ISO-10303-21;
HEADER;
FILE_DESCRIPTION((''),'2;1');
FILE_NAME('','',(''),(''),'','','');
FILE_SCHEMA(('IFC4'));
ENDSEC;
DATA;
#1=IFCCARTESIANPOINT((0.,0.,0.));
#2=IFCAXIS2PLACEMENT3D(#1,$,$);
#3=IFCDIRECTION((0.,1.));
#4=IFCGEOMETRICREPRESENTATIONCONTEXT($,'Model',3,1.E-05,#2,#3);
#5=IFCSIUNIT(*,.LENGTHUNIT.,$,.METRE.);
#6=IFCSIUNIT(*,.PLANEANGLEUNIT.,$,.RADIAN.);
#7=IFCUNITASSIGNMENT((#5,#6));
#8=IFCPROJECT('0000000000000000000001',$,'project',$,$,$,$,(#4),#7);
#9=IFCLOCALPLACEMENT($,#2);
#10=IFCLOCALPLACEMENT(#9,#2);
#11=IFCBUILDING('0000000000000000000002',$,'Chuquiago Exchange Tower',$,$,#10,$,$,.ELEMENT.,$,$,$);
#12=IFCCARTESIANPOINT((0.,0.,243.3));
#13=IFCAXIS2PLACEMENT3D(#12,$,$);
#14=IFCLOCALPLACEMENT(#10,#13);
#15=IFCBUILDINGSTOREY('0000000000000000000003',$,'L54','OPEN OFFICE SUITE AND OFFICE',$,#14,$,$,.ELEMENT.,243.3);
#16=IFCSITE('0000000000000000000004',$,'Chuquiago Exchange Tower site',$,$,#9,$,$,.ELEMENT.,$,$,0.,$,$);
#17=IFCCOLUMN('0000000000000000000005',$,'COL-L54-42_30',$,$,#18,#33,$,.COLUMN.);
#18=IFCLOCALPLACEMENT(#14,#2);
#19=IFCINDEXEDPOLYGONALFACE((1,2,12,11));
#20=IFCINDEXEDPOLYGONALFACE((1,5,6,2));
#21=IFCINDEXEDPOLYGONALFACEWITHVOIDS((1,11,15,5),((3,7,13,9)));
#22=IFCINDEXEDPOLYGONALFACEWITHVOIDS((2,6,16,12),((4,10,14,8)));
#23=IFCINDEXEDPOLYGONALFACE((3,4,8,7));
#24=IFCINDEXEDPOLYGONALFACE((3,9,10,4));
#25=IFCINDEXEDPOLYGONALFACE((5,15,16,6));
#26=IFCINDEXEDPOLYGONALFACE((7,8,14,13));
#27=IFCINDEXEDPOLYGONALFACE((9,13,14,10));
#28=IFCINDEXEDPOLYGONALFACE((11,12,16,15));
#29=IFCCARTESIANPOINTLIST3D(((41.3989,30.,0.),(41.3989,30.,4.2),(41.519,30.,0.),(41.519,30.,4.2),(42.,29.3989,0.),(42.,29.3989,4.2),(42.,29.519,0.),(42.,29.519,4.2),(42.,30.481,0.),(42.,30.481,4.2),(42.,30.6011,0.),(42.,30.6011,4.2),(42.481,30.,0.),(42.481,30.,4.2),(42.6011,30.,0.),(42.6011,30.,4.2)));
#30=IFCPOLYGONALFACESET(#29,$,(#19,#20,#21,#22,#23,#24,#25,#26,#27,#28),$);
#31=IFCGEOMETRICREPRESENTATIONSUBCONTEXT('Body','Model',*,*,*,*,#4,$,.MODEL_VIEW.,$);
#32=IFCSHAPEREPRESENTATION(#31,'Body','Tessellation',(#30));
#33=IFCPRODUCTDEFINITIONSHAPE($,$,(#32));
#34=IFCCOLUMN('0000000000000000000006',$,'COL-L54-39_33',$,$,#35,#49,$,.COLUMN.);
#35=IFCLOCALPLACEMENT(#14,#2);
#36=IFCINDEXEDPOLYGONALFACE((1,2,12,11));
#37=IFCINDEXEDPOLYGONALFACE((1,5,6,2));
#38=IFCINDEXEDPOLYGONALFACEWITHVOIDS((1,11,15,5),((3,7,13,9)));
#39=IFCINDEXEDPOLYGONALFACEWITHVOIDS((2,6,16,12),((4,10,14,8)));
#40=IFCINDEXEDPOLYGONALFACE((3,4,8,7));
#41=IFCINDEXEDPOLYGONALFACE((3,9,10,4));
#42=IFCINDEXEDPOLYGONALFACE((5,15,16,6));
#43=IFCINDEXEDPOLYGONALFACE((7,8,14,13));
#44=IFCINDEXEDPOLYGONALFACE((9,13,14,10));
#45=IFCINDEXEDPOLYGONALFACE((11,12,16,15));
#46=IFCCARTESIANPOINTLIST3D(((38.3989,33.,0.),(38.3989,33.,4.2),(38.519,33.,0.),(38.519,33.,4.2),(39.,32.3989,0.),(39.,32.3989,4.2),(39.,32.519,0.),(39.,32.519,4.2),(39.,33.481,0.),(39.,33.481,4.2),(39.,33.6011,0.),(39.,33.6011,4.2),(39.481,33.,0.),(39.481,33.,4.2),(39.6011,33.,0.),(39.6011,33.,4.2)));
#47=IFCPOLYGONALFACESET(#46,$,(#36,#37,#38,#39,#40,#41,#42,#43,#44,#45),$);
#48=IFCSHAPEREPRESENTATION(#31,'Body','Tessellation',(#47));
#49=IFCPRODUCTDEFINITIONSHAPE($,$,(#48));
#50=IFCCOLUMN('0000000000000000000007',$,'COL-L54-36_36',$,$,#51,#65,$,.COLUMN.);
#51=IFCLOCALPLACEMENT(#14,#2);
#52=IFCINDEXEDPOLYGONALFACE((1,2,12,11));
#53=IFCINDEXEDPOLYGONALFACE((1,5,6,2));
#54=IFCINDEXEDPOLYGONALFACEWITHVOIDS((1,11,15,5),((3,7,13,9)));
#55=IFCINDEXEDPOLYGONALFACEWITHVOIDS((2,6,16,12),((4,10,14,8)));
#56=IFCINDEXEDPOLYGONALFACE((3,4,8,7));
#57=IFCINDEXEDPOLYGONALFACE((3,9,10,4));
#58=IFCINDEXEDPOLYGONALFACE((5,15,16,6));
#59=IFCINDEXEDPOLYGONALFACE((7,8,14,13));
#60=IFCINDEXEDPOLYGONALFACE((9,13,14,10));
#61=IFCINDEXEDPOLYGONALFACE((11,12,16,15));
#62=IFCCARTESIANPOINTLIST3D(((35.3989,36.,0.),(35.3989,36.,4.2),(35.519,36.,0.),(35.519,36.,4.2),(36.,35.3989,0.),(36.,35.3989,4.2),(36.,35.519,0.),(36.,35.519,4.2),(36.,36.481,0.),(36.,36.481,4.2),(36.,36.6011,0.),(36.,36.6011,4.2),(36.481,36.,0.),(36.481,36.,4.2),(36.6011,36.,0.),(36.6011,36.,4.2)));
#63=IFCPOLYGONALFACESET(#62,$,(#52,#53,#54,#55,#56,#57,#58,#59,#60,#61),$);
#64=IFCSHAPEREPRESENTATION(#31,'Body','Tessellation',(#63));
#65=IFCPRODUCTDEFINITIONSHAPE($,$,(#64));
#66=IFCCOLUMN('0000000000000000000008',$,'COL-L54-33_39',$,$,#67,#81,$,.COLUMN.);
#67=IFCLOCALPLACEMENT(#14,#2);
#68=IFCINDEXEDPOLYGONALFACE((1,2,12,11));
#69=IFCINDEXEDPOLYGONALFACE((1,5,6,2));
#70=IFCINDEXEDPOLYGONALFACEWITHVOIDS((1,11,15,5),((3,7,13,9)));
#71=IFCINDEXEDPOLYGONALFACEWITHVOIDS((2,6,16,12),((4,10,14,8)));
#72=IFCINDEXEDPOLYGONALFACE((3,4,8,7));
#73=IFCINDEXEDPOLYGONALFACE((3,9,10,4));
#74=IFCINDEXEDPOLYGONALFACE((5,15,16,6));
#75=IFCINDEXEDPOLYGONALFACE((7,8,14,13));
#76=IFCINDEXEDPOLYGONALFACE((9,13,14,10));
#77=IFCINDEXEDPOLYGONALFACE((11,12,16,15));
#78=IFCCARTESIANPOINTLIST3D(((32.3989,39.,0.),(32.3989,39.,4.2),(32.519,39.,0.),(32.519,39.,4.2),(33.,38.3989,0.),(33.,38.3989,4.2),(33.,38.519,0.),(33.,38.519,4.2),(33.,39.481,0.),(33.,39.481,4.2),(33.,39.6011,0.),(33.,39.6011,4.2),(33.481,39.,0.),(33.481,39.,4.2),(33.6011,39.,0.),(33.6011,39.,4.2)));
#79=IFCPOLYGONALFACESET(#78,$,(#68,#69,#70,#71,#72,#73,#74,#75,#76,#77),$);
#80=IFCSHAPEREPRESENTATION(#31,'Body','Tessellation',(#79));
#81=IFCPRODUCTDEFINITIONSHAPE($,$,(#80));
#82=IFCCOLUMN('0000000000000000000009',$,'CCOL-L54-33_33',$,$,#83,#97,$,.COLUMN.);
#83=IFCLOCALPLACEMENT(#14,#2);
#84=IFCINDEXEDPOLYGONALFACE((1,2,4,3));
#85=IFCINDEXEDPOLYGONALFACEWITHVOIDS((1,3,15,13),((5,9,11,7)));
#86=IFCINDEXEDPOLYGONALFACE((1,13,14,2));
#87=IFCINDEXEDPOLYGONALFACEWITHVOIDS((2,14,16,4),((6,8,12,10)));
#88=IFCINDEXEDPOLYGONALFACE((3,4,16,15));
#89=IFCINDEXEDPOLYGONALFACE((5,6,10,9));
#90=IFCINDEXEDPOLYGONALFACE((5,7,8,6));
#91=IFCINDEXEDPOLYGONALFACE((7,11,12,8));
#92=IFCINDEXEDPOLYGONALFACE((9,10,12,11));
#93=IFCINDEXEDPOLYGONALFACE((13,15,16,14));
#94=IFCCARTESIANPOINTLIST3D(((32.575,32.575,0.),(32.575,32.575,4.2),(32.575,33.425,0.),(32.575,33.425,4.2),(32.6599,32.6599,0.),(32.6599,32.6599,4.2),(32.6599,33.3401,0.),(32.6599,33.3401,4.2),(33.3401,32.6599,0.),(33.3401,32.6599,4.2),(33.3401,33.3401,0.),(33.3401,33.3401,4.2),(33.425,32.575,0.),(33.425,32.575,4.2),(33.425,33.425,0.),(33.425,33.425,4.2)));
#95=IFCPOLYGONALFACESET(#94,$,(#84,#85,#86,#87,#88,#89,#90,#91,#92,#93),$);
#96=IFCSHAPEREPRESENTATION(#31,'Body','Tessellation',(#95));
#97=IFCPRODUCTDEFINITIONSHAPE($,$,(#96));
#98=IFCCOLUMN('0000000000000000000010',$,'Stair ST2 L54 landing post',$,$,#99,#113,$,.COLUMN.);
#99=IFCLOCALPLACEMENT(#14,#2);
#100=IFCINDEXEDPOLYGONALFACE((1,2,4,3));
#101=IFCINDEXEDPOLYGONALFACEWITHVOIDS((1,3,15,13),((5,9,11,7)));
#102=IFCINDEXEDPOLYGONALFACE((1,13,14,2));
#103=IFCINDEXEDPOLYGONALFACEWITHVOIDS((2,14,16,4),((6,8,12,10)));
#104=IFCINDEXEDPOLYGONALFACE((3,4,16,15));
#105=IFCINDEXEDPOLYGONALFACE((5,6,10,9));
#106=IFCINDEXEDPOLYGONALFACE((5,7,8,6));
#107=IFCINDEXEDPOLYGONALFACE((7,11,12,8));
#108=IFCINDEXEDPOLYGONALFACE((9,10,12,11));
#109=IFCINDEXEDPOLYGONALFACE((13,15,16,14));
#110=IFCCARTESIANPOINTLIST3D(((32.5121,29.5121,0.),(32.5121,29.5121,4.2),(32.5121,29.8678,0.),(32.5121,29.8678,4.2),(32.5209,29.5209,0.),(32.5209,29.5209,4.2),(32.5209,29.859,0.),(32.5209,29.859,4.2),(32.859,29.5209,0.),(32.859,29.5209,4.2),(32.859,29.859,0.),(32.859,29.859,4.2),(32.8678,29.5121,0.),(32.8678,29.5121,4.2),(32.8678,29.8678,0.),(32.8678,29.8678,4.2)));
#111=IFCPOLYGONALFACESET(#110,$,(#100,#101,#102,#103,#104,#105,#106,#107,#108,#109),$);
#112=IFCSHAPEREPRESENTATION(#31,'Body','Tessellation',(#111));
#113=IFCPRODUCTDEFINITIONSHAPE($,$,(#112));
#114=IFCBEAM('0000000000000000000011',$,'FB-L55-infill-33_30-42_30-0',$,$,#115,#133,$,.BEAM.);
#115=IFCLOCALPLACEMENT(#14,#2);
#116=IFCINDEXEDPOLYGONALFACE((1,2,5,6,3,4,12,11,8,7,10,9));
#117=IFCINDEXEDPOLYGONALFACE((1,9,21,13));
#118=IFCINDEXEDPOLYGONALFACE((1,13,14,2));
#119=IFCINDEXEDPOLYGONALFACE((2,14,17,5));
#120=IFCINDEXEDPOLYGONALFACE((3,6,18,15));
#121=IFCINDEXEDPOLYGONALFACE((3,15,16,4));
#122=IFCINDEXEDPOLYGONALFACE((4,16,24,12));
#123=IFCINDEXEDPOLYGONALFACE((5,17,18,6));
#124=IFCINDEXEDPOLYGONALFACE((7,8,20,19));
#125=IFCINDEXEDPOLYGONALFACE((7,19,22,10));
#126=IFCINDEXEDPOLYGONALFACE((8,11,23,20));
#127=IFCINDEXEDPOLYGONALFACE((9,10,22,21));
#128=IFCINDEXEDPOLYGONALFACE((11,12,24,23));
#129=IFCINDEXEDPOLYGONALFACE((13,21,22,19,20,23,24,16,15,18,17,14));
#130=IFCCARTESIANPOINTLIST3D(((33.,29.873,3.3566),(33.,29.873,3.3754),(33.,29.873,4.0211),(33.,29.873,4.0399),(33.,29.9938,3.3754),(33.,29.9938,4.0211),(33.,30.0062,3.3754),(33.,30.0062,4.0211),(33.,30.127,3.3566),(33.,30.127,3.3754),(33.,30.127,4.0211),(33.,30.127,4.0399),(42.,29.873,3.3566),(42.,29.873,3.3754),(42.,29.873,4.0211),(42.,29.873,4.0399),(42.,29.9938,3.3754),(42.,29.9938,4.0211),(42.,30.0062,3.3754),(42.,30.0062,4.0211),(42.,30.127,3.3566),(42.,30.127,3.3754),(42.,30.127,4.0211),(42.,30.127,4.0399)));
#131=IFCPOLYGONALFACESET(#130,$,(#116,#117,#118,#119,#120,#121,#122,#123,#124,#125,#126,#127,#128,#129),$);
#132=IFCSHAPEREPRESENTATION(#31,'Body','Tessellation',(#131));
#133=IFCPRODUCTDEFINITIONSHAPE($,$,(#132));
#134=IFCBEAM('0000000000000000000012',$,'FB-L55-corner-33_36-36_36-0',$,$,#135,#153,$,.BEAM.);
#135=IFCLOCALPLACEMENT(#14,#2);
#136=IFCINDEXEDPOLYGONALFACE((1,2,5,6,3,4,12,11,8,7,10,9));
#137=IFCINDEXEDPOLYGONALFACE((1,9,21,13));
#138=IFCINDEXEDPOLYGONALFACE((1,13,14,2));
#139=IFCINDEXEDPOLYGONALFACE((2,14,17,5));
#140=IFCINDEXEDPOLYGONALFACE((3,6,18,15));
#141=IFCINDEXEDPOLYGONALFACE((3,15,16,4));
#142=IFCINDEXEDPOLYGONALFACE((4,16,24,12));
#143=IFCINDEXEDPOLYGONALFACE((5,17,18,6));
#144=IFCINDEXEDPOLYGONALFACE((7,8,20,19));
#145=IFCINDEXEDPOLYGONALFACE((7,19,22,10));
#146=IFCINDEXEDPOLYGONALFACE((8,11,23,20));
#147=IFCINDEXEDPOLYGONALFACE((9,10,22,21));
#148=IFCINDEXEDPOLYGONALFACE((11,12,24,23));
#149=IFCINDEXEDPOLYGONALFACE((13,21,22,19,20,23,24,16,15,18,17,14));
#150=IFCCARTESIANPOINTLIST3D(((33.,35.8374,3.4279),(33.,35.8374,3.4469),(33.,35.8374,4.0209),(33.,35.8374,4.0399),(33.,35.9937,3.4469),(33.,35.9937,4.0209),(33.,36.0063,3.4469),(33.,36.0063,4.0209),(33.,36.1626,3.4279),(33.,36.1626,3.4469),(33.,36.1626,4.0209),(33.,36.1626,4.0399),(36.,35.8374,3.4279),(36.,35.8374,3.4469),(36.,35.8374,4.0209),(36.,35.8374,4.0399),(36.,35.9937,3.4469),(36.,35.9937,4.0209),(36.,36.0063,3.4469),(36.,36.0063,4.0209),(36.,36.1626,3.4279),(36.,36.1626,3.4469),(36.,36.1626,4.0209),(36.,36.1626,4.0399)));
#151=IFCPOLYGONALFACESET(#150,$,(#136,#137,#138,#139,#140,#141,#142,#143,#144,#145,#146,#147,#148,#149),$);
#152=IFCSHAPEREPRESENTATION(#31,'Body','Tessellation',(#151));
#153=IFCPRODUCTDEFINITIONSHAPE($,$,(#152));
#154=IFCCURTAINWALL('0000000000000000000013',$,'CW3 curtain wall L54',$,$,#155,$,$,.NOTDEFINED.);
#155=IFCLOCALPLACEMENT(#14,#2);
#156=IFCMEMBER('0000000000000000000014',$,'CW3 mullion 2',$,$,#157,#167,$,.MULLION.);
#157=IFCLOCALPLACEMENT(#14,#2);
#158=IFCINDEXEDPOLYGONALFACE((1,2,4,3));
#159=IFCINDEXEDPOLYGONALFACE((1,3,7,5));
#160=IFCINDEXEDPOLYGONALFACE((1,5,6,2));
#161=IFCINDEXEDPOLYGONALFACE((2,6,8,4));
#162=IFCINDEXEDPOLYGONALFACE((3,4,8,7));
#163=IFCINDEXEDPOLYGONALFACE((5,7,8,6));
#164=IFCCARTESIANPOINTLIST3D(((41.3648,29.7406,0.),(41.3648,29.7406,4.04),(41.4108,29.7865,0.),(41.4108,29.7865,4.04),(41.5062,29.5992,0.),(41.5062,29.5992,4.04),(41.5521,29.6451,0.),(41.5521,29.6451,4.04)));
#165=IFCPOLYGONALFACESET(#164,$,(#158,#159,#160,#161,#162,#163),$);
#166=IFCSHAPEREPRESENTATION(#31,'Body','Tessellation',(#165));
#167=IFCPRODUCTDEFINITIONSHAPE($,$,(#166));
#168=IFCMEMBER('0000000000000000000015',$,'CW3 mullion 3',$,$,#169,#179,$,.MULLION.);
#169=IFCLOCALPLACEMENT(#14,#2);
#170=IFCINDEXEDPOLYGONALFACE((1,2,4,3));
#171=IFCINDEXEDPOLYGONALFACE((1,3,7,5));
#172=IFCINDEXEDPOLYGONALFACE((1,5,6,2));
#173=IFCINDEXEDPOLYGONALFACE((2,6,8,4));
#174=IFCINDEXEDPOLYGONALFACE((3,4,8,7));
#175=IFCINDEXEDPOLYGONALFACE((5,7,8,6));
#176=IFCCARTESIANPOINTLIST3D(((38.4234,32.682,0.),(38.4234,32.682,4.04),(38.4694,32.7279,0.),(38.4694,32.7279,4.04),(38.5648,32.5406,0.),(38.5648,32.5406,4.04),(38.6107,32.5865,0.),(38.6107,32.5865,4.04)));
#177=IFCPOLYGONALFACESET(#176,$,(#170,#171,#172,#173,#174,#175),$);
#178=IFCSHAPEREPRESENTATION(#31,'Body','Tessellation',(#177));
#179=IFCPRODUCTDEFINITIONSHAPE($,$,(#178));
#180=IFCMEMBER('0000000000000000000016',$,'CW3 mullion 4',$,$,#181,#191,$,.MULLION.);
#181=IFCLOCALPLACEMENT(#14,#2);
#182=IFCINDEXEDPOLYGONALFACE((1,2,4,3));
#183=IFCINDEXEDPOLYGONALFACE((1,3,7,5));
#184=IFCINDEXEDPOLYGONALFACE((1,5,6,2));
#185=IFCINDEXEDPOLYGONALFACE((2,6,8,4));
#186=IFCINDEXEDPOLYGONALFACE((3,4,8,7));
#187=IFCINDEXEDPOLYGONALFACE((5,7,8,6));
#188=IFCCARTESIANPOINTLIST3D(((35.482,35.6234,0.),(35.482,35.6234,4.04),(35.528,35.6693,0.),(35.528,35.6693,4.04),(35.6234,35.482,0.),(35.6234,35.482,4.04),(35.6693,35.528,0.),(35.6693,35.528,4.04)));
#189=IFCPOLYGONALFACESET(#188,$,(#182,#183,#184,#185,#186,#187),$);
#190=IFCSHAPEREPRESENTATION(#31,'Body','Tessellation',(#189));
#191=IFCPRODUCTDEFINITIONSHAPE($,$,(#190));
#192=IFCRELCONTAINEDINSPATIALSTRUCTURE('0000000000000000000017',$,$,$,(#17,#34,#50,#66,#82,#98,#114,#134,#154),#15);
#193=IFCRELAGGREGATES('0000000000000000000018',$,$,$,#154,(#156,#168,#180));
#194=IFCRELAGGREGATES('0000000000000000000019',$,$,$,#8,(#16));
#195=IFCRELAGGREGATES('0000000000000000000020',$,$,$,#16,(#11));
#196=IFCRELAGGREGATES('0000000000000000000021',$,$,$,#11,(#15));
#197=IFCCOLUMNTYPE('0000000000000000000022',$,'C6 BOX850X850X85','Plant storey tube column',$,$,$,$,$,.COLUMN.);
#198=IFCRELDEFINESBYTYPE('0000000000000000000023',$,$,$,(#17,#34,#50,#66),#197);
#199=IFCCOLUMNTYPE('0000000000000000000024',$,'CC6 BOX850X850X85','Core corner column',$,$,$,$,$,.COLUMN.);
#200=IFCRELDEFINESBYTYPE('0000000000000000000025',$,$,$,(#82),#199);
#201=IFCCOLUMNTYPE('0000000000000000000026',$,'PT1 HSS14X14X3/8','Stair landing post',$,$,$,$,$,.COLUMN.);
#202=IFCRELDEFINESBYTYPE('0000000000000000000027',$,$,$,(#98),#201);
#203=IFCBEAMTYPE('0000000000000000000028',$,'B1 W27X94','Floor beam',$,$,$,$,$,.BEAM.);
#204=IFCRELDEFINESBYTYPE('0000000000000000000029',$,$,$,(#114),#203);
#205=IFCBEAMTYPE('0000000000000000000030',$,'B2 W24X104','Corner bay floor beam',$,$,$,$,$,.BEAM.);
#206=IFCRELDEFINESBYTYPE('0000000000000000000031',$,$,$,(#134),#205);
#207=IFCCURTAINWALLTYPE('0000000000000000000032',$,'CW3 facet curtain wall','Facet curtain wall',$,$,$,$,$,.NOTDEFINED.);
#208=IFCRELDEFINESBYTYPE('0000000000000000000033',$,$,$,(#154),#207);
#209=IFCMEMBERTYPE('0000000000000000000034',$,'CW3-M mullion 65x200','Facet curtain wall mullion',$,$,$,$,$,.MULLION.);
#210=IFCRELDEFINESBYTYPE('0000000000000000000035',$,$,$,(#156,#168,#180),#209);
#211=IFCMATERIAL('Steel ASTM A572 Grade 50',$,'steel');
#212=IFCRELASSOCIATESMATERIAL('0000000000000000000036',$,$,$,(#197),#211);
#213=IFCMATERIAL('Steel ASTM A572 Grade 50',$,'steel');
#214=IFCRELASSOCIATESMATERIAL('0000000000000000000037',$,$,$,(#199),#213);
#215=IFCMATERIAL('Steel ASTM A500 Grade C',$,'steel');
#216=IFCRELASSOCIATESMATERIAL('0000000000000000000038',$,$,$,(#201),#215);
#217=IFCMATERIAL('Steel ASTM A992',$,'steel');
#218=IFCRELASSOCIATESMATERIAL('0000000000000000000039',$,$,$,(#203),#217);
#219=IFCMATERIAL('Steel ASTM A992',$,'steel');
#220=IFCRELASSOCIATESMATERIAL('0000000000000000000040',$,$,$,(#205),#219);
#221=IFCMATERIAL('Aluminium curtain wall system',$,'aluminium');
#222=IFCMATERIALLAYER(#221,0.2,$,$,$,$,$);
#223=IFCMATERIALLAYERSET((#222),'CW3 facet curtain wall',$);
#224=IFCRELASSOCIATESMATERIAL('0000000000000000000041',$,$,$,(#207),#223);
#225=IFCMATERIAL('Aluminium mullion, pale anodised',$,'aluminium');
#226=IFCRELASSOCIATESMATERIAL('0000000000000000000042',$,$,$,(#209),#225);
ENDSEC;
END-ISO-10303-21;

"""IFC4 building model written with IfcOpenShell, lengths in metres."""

from ifc_helpers import new_model, si_unit, direction, frame, origin, origin_2d, place, context, subcontext, project, spatial, rectangle, hollow_rectangle, i_section, extrude, material, layer, layer_set, material_profile, profile_set, type_object, element, aggregate, save


model = new_model("IFC4")

# Units and contexts
model_context = context("Model", 3, precision=1e-05, world=origin(), true_north=direction((0.0, 1.0)))
body_context = subcontext(model_context, "Body", "Model", "MODEL_VIEW")
ifc_project = project(units=[si_unit("LENGTHUNIT", "METRE"), si_unit("PLANEANGLEUNIT", "RADIAN")], contexts=[model_context])

# Site, building, storey
site_placement = place(None, origin())
site = spatial("IfcSite", under=ifc_project, at=site_placement, Name="Chuquiago Exchange Tower site", CompositionType="ELEMENT", RefElevation=0.0)
building_placement = place(site_placement, origin())
building = spatial("IfcBuilding", under=site, at=building_placement, Name="Chuquiago Exchange Tower", CompositionType="ELEMENT")
storey_placement = place(building_placement, frame((0.0, 0.0, 243.3)))
storey = spatial("IfcBuildingStorey", under=building, at=storey_placement, Name="L54", Description="OPEN OFFICE SUITE AND OFFICE", CompositionType="ELEMENT", Elevation=243.3)

# Columns
ifc_material_1 = material(Name="Steel ASTM A572 Grade 50", Category="steel")
ifc_material_profile_1 = material_profile(ifc_material_1, hollow_rectangle(XDim=0.8501, YDim=0.8501, WallThickness=0.085, at=origin_2d()), Name="BOX850X850X85")
ifc_profile_set_1 = profile_set([ifc_material_profile_1], Name="Steel ASTM A572 Grade 50")
column_type_1 = type_object("IfcColumnType", Name="C6 BOX850X850X85", Description="Plant storey tube column", PredefinedType="COLUMN", material=ifc_profile_set_1)
for number, where, z_axis, x_axis, name in (
    (1, (42.0, 30.0, 0.0), (0.0, 0.0, 1.0), (0.707107, 0.707107, 0.0), "COL-L54-42_30"),
    (2, (39.0, 33.0, 0.0), (0.0, 0.0, 1.0), (0.707107, 0.707107, 0.0), "COL-L54-39_33"),
    (3, (36.0, 36.0, 0.0), (0.0, 0.0, 1.0), (0.707107, 0.707107, 0.0), "COL-L54-36_36"),
    (4, (33.0, 39.0, 0.0), (0.0, 0.0, 1.0), (0.707107, 0.707107, 0.0), "COL-L54-33_39"),
):
    element("IfcColumn", number, at=place(storey_placement, frame(where, z_axis=z_axis, x_axis=x_axis)), inside=storey, type_object=column_type_1, Name=name, PredefinedType="COLUMN", context=body_context, shape_type="SweptSolid", body=[
        extrude(hollow_rectangle(XDim=0.8501, YDim=0.8501, WallThickness=0.085, at=origin_2d()), origin(), (0.0, 0.0, 1.0), 4.2),
    ])
ifc_material_2 = material(Name="Steel ASTM A572 Grade 50", Category="steel")
ifc_material_profile_2 = material_profile(ifc_material_2, hollow_rectangle(XDim=0.8501, YDim=0.8501, WallThickness=0.085, at=origin_2d()), Name="BOX850X850X85")
ifc_profile_set_2 = profile_set([ifc_material_profile_2], Name="Steel ASTM A572 Grade 50")
column_type_2 = type_object("IfcColumnType", Name="CC6 BOX850X850X85", Description="Core corner column", PredefinedType="COLUMN", material=ifc_profile_set_2)
column_1_placement = place(storey_placement, frame((33.0, 33.0, 0.0), z_axis=(0.0, 0.0, 1.0), x_axis=(1.0, 0.0, 0.0)))
element("IfcColumn", 5, at=column_1_placement, inside=storey, type_object=column_type_2, Name="CCOL-L54-33_33", PredefinedType="COLUMN", context=body_context, shape_type="SweptSolid", body=[
    extrude(hollow_rectangle(XDim=0.8501, YDim=0.8501, WallThickness=0.085, at=origin_2d()), origin(), (0.0, 0.0, 1.0), 4.2),
])
ifc_material_3 = material(Name="Steel ASTM A500 Grade C", Category="steel")
ifc_material_profile_3 = material_profile(ifc_material_3, hollow_rectangle(XDim=0.3557, YDim=0.3557, WallThickness=0.0088, at=origin_2d()), Name="HSS14X14X3/8")
ifc_profile_set_3 = profile_set([ifc_material_profile_3], Name="Steel ASTM A500 Grade C")
column_type_3 = type_object("IfcColumnType", Name="PT1 HSS14X14X3/8", Description="Stair landing post", PredefinedType="COLUMN", material=ifc_profile_set_3)
column_2_placement = place(storey_placement, frame((32.6899, 29.6899, 0.0), z_axis=(0.0, 0.0, 1.0), x_axis=(1.0, 0.0, 0.0)))
element("IfcColumn", 6, at=column_2_placement, inside=storey, type_object=column_type_3, Name="Stair ST2 L54 landing post", PredefinedType="COLUMN", context=body_context, shape_type="SweptSolid", body=[
    extrude(hollow_rectangle(XDim=0.3557, YDim=0.3557, WallThickness=0.0088, at=origin_2d()), origin(), (0.0, 0.0, 1.0), 4.2),
])

# Beams
ifc_material_4 = material(Name="Steel ASTM A992", Category="steel")
ifc_material_profile_4 = material_profile(ifc_material_4, i_section(OverallWidth=0.2539, OverallDepth=0.6833, WebThickness=0.0125, FlangeThickness=0.0188, at=origin_2d()), Name="W27X94")
ifc_profile_set_4 = profile_set([ifc_material_profile_4], Name="Steel ASTM A992")
beam_type_1 = type_object("IfcBeamType", Name="B1 W27X94", Description="Floor beam", PredefinedType="BEAM", material=ifc_profile_set_4)
beam_1_placement = place(storey_placement, frame((33.0, 30.0, 3.6982), z_axis=(1.0, 0.0, 0.0), x_axis=(0.0, 1.0, 0.0)))
element("IfcBeam", 7, at=beam_1_placement, inside=storey, type_object=beam_type_1, Name="FB-L55-infill-33_30-42_30-0", PredefinedType="BEAM", context=body_context, shape_type="SweptSolid", body=[
    extrude(i_section(OverallWidth=0.2539, OverallDepth=0.6833, WebThickness=0.0125, FlangeThickness=0.0188, at=origin_2d()), origin(), (0.0, 0.0, 1.0), 9.0),
])
ifc_material_5 = material(Name="Steel ASTM A992", Category="steel")
ifc_material_profile_5 = material_profile(ifc_material_5, i_section(OverallWidth=0.3252, OverallDepth=0.6121, WebThickness=0.0127, FlangeThickness=0.019, at=origin_2d()), Name="W24X104")
ifc_profile_set_5 = profile_set([ifc_material_profile_5], Name="Steel ASTM A992")
beam_type_2 = type_object("IfcBeamType", Name="B2 W24X104", Description="Corner bay floor beam", PredefinedType="BEAM", material=ifc_profile_set_5)
beam_2_placement = place(storey_placement, frame((33.0, 36.0, 3.7339), z_axis=(1.0, 0.0, 0.0), x_axis=(0.0, 1.0, 0.0)))
element("IfcBeam", 8, at=beam_2_placement, inside=storey, type_object=beam_type_2, Name="FB-L55-corner-33_36-36_36-0", PredefinedType="BEAM", context=body_context, shape_type="SweptSolid", body=[
    extrude(i_section(OverallWidth=0.3252, OverallDepth=0.6121, WebThickness=0.0127, FlangeThickness=0.019, at=origin_2d()), origin(), (0.0, 0.0, 1.0), 3.0),
])

# Curtain wall, members
ifc_material_6 = material(Name="Aluminium curtain wall system", Category="aluminium")
ifc_layer_1 = layer(ifc_material_6, 0.2)
ifc_layer_set_1 = layer_set([ifc_layer_1], Name="CW3 facet curtain wall")
curtain_wall_type = type_object("IfcCurtainWallType", Name="CW3 facet curtain wall", Description="Facet curtain wall", PredefinedType="NOTDEFINED", material=ifc_layer_set_1)
curtain_wall_placement = place(storey_placement, origin())
curtain_wall = element("IfcCurtainWall", 9, at=curtain_wall_placement, inside=storey, type_object=curtain_wall_type, Name="CW3 curtain wall L54", PredefinedType="NOTDEFINED")
ifc_material_7 = material(Name="Aluminium mullion, pale anodised", Category="aluminium")
ifc_material_profile_6 = material_profile(ifc_material_7, rectangle(XDim=0.0649, YDim=0.2, at=origin_2d()), Name="AL 65x200")
ifc_profile_set_6 = profile_set([ifc_material_profile_6], Name="Aluminium mullion, pale anodised")
member_type_1 = type_object("IfcMemberType", Name="CW3-M mullion 65x200", Description="Facet curtain wall mullion", PredefinedType="MULLION", material=ifc_profile_set_6)
member_1_placement = place(storey_placement, frame((41.4585, 29.6929, 0.0), z_axis=(0.0, 0.0, 1.0), x_axis=(-0.707107, -0.707107, 0.0)))
member_1 = element("IfcMember", 10, at=member_1_placement, type_object=member_type_1, Name="CW3 mullion 2", PredefinedType="MULLION", context=body_context, shape_type="SweptSolid", body=[
    extrude(rectangle(XDim=0.0649, YDim=0.2, at=origin_2d()), origin(), (0.0, 0.0, 1.0), 4.04),
])
member_2_placement = place(storey_placement, frame((38.5171, 32.6343, 0.0), z_axis=(0.0, 0.0, 1.0), x_axis=(-0.707107, -0.707107, 0.0)))
member_2 = element("IfcMember", 11, at=member_2_placement, type_object=member_type_1, Name="CW3 mullion 3", PredefinedType="MULLION", context=body_context, shape_type="SweptSolid", body=[
    extrude(rectangle(XDim=0.0649, YDim=0.2, at=origin_2d()), origin(), (0.0, 0.0, 1.0), 4.04),
])
member_3_placement = place(storey_placement, frame((35.5757, 35.5757, 0.0), z_axis=(0.0, 0.0, 1.0), x_axis=(-0.707107, -0.707107, 0.0)))
member_3 = element("IfcMember", 12, at=member_3_placement, type_object=member_type_1, Name="CW3 mullion 4", PredefinedType="MULLION", context=body_context, shape_type="SweptSolid", body=[
    extrude(rectangle(XDim=0.0649, YDim=0.2, at=origin_2d()), origin(), (0.0, 0.0, 1.0), 4.04),
])

aggregate(curtain_wall, [member_1, member_2, member_3])

save(model, "model.ifc")
